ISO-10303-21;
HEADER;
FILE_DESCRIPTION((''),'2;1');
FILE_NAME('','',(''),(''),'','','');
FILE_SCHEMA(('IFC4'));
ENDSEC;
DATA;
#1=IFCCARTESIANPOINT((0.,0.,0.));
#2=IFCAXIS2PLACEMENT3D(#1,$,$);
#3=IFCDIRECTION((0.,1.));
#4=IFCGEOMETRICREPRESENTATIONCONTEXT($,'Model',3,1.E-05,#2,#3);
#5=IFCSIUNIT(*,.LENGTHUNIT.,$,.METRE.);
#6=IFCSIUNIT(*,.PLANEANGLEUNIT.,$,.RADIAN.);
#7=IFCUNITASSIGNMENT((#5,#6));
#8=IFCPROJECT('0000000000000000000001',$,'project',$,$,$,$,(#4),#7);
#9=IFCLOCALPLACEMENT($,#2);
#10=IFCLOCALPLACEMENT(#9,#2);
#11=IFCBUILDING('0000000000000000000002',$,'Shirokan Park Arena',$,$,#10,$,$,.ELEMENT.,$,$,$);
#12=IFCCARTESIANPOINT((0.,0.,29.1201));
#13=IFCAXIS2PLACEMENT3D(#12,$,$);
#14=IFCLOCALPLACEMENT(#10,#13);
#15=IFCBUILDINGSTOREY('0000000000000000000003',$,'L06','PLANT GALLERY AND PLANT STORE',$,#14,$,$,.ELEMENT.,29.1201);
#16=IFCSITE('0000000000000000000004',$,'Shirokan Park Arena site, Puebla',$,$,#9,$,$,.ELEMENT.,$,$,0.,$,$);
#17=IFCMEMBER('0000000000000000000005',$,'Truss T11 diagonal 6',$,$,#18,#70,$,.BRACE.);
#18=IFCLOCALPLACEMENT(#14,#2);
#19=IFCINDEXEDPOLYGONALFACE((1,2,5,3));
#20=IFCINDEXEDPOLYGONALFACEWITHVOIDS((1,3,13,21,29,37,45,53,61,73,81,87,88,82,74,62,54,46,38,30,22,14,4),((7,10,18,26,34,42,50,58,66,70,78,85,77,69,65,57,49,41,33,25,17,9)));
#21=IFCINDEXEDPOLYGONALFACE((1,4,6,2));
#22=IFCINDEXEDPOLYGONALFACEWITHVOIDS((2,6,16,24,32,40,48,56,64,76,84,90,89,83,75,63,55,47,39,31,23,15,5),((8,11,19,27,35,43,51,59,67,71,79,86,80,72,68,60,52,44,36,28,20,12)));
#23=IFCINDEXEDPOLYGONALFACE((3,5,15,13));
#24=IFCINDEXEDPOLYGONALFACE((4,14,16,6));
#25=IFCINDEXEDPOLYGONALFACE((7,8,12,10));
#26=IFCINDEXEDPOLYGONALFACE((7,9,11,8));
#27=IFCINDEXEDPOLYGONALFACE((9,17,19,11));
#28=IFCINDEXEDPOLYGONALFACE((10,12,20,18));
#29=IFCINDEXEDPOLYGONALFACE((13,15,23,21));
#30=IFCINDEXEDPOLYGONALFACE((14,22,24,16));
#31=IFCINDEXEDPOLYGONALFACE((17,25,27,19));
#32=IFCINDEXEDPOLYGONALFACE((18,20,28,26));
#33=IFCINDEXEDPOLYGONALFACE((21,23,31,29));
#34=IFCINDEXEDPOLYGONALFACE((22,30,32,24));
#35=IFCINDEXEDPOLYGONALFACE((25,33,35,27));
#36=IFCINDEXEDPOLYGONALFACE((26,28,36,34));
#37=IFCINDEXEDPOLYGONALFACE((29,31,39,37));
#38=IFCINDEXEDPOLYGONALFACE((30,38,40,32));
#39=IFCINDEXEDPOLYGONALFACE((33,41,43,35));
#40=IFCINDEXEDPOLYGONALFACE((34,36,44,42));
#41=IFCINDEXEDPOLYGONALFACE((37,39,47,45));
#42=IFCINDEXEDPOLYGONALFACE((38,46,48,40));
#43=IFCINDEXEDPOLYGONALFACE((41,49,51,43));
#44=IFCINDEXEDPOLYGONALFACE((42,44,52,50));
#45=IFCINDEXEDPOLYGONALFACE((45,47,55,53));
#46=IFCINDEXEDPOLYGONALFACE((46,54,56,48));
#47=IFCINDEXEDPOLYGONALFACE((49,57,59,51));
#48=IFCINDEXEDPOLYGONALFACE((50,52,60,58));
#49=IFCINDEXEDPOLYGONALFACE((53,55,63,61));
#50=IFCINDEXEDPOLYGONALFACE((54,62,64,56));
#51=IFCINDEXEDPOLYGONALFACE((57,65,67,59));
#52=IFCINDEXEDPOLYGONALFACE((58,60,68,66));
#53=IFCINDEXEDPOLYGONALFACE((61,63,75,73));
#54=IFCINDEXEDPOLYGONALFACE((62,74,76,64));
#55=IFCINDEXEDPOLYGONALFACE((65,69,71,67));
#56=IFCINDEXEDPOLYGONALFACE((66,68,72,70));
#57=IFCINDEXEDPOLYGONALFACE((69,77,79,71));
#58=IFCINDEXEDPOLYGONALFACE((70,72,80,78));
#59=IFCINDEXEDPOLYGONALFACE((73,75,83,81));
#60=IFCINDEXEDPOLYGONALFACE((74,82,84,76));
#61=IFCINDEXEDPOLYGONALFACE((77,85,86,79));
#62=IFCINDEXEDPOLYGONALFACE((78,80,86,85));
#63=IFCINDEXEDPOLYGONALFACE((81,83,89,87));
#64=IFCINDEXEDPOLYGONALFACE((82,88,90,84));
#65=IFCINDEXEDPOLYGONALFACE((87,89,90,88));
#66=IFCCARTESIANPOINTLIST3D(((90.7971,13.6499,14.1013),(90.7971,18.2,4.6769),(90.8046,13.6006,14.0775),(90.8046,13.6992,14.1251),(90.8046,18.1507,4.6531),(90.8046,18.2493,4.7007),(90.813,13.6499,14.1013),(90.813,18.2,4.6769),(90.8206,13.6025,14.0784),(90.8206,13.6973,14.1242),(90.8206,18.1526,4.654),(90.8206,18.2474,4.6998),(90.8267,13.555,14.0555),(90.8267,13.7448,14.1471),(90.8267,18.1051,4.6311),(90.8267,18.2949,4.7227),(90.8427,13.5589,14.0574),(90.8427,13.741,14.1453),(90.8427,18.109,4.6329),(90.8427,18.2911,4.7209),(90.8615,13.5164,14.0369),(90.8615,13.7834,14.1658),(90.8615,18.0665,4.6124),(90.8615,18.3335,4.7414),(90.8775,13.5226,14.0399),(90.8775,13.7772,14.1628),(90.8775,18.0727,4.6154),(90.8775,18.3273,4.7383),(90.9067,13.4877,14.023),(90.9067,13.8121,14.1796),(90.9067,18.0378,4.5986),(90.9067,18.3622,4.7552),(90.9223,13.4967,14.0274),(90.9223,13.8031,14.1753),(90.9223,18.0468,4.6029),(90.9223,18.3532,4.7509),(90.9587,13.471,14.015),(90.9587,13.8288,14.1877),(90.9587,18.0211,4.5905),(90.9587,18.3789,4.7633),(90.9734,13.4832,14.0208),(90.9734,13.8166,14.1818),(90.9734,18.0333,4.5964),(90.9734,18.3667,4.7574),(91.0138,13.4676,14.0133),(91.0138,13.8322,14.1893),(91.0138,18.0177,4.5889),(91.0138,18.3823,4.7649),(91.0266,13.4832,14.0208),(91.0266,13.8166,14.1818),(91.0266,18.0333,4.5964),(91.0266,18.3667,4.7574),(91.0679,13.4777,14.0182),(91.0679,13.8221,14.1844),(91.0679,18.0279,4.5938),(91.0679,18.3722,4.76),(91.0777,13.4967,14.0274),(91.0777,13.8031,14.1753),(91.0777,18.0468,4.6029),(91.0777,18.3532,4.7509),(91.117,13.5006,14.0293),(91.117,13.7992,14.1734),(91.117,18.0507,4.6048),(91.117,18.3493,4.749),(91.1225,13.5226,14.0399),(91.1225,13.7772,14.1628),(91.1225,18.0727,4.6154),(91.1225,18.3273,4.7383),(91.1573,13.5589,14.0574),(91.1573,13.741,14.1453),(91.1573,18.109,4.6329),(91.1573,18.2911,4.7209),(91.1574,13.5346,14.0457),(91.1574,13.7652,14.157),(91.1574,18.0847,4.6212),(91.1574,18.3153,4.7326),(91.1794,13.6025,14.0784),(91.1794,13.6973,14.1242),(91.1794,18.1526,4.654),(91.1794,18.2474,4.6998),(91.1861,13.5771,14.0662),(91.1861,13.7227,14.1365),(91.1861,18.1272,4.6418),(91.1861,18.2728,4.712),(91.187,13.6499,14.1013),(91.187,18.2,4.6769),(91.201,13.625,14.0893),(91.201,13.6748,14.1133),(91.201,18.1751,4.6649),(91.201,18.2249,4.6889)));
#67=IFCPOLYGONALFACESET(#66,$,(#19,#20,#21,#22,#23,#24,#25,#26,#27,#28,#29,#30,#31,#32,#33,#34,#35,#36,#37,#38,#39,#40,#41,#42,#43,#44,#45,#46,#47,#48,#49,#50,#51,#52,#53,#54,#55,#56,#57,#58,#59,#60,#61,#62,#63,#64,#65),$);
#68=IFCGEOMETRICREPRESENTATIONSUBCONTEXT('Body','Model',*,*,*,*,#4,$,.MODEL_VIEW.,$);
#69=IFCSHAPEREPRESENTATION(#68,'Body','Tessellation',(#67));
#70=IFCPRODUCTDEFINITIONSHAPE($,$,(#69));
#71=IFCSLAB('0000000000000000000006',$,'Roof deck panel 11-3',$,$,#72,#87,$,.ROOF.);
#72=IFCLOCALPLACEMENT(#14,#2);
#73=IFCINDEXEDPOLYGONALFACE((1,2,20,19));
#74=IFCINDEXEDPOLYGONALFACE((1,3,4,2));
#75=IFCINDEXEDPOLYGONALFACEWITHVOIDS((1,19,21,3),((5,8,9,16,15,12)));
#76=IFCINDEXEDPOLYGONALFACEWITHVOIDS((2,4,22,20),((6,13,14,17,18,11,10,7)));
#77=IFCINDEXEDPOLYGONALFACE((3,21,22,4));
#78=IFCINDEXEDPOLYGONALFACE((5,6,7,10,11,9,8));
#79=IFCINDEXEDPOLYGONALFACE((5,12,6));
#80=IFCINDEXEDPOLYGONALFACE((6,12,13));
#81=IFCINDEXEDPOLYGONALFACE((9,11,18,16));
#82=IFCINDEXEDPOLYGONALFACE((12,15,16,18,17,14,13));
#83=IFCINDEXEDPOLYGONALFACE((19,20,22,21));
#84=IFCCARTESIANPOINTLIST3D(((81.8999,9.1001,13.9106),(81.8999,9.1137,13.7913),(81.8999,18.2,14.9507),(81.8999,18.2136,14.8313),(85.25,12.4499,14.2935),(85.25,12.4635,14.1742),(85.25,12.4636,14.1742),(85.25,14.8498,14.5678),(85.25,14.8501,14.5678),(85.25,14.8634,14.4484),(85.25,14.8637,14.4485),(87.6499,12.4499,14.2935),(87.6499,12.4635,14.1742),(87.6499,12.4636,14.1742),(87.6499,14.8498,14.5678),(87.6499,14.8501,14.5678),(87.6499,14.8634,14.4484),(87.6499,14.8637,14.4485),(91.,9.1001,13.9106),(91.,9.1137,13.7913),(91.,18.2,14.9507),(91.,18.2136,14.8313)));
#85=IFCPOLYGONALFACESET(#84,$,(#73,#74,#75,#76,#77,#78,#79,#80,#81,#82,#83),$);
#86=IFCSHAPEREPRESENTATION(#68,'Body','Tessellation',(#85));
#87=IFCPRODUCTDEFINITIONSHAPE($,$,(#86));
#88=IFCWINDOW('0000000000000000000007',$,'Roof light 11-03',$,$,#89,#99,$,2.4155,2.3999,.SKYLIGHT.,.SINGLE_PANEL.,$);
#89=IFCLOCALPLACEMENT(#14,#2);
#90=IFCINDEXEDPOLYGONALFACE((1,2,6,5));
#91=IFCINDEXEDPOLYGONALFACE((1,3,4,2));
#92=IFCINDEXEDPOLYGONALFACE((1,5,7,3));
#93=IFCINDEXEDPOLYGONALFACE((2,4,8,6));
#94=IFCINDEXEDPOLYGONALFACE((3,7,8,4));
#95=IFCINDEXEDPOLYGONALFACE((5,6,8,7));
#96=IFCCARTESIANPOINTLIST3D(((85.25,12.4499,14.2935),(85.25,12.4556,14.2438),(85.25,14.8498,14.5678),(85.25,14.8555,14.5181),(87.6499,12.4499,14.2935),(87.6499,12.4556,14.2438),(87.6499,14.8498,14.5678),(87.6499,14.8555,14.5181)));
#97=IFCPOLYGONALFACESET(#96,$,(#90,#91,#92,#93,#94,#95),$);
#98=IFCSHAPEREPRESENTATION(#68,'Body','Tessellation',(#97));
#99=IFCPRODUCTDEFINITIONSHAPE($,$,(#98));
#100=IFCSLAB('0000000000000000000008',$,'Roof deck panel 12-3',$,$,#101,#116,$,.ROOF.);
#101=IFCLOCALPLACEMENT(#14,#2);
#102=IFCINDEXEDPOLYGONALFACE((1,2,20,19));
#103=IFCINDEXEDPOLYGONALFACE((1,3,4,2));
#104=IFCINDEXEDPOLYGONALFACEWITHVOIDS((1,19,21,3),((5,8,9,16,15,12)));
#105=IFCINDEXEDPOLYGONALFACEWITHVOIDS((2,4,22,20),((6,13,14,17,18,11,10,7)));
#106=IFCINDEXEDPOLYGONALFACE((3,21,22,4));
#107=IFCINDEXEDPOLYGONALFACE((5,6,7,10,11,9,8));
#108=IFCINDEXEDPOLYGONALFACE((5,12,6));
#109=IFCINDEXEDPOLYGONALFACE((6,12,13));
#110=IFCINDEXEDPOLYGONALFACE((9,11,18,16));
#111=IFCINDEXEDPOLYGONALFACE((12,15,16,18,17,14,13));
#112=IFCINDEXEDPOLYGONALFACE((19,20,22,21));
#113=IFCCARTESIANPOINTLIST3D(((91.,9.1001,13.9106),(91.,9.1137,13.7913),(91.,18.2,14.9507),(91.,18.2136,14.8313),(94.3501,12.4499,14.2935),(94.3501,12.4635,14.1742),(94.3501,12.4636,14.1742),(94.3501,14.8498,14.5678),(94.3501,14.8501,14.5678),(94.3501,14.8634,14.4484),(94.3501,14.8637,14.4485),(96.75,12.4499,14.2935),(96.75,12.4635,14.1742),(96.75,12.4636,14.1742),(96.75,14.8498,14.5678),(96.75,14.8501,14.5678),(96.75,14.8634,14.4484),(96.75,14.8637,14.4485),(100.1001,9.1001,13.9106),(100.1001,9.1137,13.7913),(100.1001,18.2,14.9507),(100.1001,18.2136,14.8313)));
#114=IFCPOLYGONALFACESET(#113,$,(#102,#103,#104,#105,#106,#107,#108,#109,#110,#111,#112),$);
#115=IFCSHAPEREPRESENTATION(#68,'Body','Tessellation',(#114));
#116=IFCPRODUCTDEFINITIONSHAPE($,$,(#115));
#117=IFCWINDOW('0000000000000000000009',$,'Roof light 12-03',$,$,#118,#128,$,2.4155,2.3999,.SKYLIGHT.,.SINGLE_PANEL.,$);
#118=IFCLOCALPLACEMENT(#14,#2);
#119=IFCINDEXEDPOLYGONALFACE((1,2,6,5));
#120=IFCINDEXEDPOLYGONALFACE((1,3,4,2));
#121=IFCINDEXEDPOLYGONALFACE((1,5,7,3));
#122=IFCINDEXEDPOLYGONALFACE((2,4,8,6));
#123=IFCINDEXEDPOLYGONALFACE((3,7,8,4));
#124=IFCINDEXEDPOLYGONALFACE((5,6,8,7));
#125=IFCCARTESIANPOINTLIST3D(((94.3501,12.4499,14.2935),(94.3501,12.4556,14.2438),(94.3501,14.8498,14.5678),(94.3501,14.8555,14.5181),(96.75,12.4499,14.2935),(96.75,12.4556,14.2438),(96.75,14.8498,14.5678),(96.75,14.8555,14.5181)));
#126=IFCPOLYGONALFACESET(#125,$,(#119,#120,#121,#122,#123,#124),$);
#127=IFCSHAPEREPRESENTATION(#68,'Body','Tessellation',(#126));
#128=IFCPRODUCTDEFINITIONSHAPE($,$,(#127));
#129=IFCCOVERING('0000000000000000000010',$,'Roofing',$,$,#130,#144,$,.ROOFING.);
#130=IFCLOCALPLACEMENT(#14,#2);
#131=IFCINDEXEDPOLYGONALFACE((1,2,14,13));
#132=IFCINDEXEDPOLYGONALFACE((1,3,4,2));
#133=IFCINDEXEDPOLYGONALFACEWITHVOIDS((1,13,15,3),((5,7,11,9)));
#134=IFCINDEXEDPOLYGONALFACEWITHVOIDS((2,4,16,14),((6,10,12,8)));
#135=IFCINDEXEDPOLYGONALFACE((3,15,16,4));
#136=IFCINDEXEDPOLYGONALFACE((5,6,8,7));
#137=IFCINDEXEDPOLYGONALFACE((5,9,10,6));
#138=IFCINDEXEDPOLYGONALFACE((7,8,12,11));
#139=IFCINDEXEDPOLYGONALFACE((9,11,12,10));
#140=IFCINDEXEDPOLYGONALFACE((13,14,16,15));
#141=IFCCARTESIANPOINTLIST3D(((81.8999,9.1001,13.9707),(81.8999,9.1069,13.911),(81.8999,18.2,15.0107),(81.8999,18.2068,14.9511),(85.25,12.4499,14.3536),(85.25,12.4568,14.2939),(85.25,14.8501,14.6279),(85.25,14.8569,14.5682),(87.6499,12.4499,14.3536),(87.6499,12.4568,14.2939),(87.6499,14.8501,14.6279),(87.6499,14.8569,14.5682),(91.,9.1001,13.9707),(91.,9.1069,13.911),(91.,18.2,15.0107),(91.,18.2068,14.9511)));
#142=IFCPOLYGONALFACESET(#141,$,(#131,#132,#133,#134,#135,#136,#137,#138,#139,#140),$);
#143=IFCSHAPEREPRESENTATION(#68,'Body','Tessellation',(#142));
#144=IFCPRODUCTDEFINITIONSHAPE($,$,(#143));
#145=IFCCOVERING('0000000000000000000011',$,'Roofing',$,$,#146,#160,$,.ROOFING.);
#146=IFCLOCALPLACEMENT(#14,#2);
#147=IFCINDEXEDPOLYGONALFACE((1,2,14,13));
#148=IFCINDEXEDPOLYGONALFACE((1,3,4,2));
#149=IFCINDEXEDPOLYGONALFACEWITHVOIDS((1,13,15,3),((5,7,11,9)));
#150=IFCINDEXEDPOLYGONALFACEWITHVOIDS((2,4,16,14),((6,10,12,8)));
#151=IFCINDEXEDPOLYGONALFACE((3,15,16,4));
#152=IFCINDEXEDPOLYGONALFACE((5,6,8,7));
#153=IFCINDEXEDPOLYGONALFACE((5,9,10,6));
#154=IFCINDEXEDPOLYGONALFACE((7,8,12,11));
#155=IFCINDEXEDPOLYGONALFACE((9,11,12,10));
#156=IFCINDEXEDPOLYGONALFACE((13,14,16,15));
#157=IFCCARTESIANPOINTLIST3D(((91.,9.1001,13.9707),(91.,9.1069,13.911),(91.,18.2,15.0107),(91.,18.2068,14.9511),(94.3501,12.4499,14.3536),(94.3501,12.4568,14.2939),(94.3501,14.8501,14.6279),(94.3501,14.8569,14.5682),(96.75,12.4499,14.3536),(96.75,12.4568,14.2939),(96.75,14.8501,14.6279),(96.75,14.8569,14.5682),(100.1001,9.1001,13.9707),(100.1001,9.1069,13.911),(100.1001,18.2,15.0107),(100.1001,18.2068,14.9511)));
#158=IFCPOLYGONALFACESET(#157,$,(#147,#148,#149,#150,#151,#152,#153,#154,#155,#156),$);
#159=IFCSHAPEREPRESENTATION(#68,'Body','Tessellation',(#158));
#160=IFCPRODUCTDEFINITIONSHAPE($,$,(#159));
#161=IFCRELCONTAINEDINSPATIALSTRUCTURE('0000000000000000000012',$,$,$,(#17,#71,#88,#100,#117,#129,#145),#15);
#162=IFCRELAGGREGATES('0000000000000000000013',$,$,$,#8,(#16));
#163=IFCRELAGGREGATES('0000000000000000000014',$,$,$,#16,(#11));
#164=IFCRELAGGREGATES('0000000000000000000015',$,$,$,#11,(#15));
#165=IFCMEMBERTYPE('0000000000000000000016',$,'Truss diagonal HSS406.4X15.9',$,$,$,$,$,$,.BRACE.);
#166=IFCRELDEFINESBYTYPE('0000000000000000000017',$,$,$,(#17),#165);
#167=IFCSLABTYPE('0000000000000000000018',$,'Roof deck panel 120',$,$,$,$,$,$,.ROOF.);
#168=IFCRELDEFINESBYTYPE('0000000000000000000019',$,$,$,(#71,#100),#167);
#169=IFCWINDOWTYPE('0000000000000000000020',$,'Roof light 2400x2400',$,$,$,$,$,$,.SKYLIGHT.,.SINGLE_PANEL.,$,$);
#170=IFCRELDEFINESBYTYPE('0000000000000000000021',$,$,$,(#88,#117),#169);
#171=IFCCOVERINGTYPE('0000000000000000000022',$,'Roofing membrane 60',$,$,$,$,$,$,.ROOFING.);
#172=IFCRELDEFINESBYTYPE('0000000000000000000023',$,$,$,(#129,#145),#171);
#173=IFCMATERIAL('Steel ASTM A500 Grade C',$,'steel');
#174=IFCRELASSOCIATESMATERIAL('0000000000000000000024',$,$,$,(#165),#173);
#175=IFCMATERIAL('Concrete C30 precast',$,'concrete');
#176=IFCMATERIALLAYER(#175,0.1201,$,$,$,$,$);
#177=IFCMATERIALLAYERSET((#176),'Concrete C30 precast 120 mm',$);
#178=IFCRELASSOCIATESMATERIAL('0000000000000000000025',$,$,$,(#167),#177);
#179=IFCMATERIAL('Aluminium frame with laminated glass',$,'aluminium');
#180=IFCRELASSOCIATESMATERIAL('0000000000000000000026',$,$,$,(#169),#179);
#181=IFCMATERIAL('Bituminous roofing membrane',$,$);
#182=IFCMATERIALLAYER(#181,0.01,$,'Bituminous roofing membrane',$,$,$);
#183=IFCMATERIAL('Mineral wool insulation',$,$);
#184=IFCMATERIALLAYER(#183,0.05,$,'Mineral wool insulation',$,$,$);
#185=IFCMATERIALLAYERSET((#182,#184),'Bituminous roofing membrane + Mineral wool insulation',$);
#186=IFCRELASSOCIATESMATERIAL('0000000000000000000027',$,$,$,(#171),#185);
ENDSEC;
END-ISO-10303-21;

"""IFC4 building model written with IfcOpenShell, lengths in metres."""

from ifc_helpers import new_model, si_unit, direction, frame, origin, origin_2d, place, context, subcontext, project, spatial, polyline, rectangle, hollow_circle, outline, extrude, material, layer, layer_set, material_profile, profile_set, type_object, element, fill, save


model = new_model("IFC4")

# Units and contexts
model_context = context("Model", 3, precision=1e-05, world=origin(), true_north=direction((0.0, 1.0)))
body_context = subcontext(model_context, "Body", "Model", "MODEL_VIEW")
ifc_project = project(units=[si_unit("LENGTHUNIT", "METRE"), si_unit("PLANEANGLEUNIT", "RADIAN")], contexts=[model_context])

# Site, building, storey
site_placement = place(None, origin())
site = spatial("IfcSite", under=ifc_project, at=site_placement, Name="Shirokan Park Arena site, Puebla", CompositionType="ELEMENT", RefElevation=0.0)
building_placement = place(site_placement, origin())
building = spatial("IfcBuilding", under=site, at=building_placement, Name="Shirokan Park Arena", CompositionType="ELEMENT")
storey_placement = place(building_placement, frame((0.0, 0.0, 29.1201)))
storey = spatial("IfcBuildingStorey", under=building, at=storey_placement, Name="L06", Description="PLANT GALLERY AND PLANT STORE", CompositionType="ELEMENT", Elevation=29.1201)

# Member
ifc_material_1 = material(Name="Steel ASTM A500 Grade C", Category="steel")
ifc_material_profile_1 = material_profile(ifc_material_1, hollow_circle(Radius=0.2029, WallThickness=0.0159, at=origin_2d()), Name="HSS406.4X15.9")
ifc_profile_set_1 = profile_set([ifc_material_profile_1], Name="Steel ASTM A500 Grade C")
member_type_1 = type_object("IfcMemberType", Name="Truss diagonal HSS406.4X15.9", PredefinedType="BRACE", material=ifc_profile_set_1)
member_1_placement = place(storey_placement, frame((91.0, 13.6499, 14.1013), z_axis=(0.0, 0.434778, -0.900537), x_axis=(-1.0, 0.0, 0.0)))
element("IfcMember", 1, at=member_1_placement, inside=storey, type_object=member_type_1, Name="Truss T11 diagonal 6", PredefinedType="BRACE", context=body_context, shape_type="SweptSolid", body=[
    extrude(hollow_circle(Radius=0.2029, WallThickness=0.0159, at=origin_2d()), origin(), (0.0, 0.0, 1.0), 10.4653),
])

# Slabs, openings, windows
ifc_material_2 = material(Name="Concrete C30 precast", Category="concrete")
ifc_layer_1 = layer(ifc_material_2, 0.1201)
ifc_layer_set_1 = layer_set([ifc_layer_1], Name="Concrete C30 precast 120 mm")
slab_type = type_object("IfcSlabType", Name="Roof deck panel 120", PredefinedType="ROOF", material=ifc_layer_set_1)
slab_1_placement = place(storey_placement, frame((81.8999, 9.1001, 13.9106), z_axis=(0.0, -0.113553, 0.993532), x_axis=(1.0, 0.0, 0.0)))
slab_1 = element("IfcSlab", 2, at=slab_1_placement, inside=storey, type_object=slab_type, Name="Roof deck panel 11-3", PredefinedType="ROOF", context=body_context, shape_type="SweptSolid", body=[
    extrude(outline(polyline([(0.0, 0.0), (9.1001, 0.0), (9.1001, 9.1591), (0.0, 9.1591), (0.0, 0.0)]), holes=[polyline([(3.3501, 3.3717), (5.75, 3.3717), (5.75, 5.7874), (3.3501, 5.7874), (3.3501, 3.3717)])]), origin(), (0.0, 0.0, -1.0), 0.1201),
])
opening_1_placement = place(slab_1_placement, frame((4.55, 4.5793, 0.01)))
opening_1 = element("IfcOpeningElement", 3, at=opening_1_placement, cuts=slab_1, PredefinedType="OPENING", context=body_context, shape_type="SweptSolid", body=[
    extrude(rectangle(XDim=2.3999, YDim=2.4155, at=origin_2d()), origin(), (0.0, 0.0, -1.0), 0.1399),
])
ifc_material_3 = material(Name="Aluminium frame with laminated glass", Category="aluminium")
window_type = type_object("IfcWindowType", Name="Roof light 2400x2400", PartitioningType="SINGLE_PANEL", PredefinedType="SKYLIGHT", material=ifc_material_3)
window_1_placement = place(opening_1_placement, frame((0.0, 0.0, -0.0601)))
window_1 = element("IfcWindow", 4, at=window_1_placement, inside=storey, type_object=window_type, Name="Roof light 11-03", OverallHeight=2.4155, OverallWidth=2.3999, PartitioningType="SINGLE_PANEL", PredefinedType="SKYLIGHT", context=body_context, shape_type="SweptSolid", body=[
    extrude(rectangle(XDim=2.3999, YDim=2.4155, at=origin_2d()), origin(), (0.0, 0.0, 1.0), 0.05),
])
fill(opening_1, window_1)
slab_2_placement = place(storey_placement, frame((91.0, 9.1001, 13.9106), z_axis=(0.0, -0.113553, 0.993532), x_axis=(1.0, 0.0, 0.0)))
slab_2 = element("IfcSlab", 5, at=slab_2_placement, inside=storey, type_object=slab_type, Name="Roof deck panel 12-3", PredefinedType="ROOF", context=body_context, shape_type="SweptSolid", body=[
    extrude(outline(polyline([(0.0, 0.0), (9.1001, 0.0), (9.1001, 9.1591), (0.0, 9.1591), (0.0, 0.0)]), holes=[polyline([(3.3501, 3.3717), (5.75, 3.3717), (5.75, 5.7874), (3.3501, 5.7874), (3.3501, 3.3717)])]), origin(), (0.0, 0.0, -1.0), 0.1201),
])
opening_2_placement = place(slab_2_placement, frame((4.55, 4.5793, 0.01)))
opening_2 = element("IfcOpeningElement", 6, at=opening_2_placement, cuts=slab_2, PredefinedType="OPENING", context=body_context, shape_type="SweptSolid", body=[
    extrude(rectangle(XDim=2.3999, YDim=2.4155, at=origin_2d()), origin(), (0.0, 0.0, -1.0), 0.1399),
])
window_2_placement = place(opening_2_placement, frame((0.0, 0.0, -0.0601)))
window_2 = element("IfcWindow", 7, at=window_2_placement, inside=storey, type_object=window_type, Name="Roof light 12-03", OverallHeight=2.4155, OverallWidth=2.3999, PartitioningType="SINGLE_PANEL", PredefinedType="SKYLIGHT", context=body_context, shape_type="SweptSolid", body=[
    extrude(rectangle(XDim=2.3999, YDim=2.4155, at=origin_2d()), origin(), (0.0, 0.0, 1.0), 0.05),
])
fill(opening_2, window_2)

# Coverings
ifc_material_4 = material(Name="Bituminous roofing membrane")
ifc_layer_2 = layer(ifc_material_4, 0.01, Name="Bituminous roofing membrane")
ifc_material_5 = material(Name="Mineral wool insulation")
ifc_layer_3 = layer(ifc_material_5, 0.05, Name="Mineral wool insulation")
ifc_layer_set_2 = layer_set([ifc_layer_2, ifc_layer_3], Name="Bituminous roofing membrane + Mineral wool insulation")
covering_type = type_object("IfcCoveringType", Name="Roofing membrane 60", PredefinedType="ROOFING", material=ifc_layer_set_2)
for number, where, z_axis, x_axis, name in (
    (8, (81.8999, 9.1001, 13.9707), (0.0, -0.113553, 0.993532), (1.0, 0.0, 0.0), "Roofing"),
    (9, (91.0, 9.1001, 13.9707), (0.0, -0.113553, 0.993532), (1.0, 0.0, 0.0), "Roofing"),
):
    element("IfcCovering", number, at=place(storey_placement, frame(where, z_axis=z_axis, x_axis=x_axis)), inside=storey, type_object=covering_type, Name=name, PredefinedType="ROOFING", context=body_context, shape_type="SweptSolid", body=[
        extrude(outline(polyline([(0.0, 0.0), (9.1001, 0.0), (9.1001, 9.1591), (0.0, 9.1591), (0.0, 0.0)]), holes=[polyline([(5.75, 3.3717), (5.75, 5.7874), (3.3501, 5.7874), (3.3501, 3.3717), (5.75, 3.3717)])]), origin(), (0.0, 0.0, -1.0), 0.0601),
    ])

save(model, "model.ifc")
